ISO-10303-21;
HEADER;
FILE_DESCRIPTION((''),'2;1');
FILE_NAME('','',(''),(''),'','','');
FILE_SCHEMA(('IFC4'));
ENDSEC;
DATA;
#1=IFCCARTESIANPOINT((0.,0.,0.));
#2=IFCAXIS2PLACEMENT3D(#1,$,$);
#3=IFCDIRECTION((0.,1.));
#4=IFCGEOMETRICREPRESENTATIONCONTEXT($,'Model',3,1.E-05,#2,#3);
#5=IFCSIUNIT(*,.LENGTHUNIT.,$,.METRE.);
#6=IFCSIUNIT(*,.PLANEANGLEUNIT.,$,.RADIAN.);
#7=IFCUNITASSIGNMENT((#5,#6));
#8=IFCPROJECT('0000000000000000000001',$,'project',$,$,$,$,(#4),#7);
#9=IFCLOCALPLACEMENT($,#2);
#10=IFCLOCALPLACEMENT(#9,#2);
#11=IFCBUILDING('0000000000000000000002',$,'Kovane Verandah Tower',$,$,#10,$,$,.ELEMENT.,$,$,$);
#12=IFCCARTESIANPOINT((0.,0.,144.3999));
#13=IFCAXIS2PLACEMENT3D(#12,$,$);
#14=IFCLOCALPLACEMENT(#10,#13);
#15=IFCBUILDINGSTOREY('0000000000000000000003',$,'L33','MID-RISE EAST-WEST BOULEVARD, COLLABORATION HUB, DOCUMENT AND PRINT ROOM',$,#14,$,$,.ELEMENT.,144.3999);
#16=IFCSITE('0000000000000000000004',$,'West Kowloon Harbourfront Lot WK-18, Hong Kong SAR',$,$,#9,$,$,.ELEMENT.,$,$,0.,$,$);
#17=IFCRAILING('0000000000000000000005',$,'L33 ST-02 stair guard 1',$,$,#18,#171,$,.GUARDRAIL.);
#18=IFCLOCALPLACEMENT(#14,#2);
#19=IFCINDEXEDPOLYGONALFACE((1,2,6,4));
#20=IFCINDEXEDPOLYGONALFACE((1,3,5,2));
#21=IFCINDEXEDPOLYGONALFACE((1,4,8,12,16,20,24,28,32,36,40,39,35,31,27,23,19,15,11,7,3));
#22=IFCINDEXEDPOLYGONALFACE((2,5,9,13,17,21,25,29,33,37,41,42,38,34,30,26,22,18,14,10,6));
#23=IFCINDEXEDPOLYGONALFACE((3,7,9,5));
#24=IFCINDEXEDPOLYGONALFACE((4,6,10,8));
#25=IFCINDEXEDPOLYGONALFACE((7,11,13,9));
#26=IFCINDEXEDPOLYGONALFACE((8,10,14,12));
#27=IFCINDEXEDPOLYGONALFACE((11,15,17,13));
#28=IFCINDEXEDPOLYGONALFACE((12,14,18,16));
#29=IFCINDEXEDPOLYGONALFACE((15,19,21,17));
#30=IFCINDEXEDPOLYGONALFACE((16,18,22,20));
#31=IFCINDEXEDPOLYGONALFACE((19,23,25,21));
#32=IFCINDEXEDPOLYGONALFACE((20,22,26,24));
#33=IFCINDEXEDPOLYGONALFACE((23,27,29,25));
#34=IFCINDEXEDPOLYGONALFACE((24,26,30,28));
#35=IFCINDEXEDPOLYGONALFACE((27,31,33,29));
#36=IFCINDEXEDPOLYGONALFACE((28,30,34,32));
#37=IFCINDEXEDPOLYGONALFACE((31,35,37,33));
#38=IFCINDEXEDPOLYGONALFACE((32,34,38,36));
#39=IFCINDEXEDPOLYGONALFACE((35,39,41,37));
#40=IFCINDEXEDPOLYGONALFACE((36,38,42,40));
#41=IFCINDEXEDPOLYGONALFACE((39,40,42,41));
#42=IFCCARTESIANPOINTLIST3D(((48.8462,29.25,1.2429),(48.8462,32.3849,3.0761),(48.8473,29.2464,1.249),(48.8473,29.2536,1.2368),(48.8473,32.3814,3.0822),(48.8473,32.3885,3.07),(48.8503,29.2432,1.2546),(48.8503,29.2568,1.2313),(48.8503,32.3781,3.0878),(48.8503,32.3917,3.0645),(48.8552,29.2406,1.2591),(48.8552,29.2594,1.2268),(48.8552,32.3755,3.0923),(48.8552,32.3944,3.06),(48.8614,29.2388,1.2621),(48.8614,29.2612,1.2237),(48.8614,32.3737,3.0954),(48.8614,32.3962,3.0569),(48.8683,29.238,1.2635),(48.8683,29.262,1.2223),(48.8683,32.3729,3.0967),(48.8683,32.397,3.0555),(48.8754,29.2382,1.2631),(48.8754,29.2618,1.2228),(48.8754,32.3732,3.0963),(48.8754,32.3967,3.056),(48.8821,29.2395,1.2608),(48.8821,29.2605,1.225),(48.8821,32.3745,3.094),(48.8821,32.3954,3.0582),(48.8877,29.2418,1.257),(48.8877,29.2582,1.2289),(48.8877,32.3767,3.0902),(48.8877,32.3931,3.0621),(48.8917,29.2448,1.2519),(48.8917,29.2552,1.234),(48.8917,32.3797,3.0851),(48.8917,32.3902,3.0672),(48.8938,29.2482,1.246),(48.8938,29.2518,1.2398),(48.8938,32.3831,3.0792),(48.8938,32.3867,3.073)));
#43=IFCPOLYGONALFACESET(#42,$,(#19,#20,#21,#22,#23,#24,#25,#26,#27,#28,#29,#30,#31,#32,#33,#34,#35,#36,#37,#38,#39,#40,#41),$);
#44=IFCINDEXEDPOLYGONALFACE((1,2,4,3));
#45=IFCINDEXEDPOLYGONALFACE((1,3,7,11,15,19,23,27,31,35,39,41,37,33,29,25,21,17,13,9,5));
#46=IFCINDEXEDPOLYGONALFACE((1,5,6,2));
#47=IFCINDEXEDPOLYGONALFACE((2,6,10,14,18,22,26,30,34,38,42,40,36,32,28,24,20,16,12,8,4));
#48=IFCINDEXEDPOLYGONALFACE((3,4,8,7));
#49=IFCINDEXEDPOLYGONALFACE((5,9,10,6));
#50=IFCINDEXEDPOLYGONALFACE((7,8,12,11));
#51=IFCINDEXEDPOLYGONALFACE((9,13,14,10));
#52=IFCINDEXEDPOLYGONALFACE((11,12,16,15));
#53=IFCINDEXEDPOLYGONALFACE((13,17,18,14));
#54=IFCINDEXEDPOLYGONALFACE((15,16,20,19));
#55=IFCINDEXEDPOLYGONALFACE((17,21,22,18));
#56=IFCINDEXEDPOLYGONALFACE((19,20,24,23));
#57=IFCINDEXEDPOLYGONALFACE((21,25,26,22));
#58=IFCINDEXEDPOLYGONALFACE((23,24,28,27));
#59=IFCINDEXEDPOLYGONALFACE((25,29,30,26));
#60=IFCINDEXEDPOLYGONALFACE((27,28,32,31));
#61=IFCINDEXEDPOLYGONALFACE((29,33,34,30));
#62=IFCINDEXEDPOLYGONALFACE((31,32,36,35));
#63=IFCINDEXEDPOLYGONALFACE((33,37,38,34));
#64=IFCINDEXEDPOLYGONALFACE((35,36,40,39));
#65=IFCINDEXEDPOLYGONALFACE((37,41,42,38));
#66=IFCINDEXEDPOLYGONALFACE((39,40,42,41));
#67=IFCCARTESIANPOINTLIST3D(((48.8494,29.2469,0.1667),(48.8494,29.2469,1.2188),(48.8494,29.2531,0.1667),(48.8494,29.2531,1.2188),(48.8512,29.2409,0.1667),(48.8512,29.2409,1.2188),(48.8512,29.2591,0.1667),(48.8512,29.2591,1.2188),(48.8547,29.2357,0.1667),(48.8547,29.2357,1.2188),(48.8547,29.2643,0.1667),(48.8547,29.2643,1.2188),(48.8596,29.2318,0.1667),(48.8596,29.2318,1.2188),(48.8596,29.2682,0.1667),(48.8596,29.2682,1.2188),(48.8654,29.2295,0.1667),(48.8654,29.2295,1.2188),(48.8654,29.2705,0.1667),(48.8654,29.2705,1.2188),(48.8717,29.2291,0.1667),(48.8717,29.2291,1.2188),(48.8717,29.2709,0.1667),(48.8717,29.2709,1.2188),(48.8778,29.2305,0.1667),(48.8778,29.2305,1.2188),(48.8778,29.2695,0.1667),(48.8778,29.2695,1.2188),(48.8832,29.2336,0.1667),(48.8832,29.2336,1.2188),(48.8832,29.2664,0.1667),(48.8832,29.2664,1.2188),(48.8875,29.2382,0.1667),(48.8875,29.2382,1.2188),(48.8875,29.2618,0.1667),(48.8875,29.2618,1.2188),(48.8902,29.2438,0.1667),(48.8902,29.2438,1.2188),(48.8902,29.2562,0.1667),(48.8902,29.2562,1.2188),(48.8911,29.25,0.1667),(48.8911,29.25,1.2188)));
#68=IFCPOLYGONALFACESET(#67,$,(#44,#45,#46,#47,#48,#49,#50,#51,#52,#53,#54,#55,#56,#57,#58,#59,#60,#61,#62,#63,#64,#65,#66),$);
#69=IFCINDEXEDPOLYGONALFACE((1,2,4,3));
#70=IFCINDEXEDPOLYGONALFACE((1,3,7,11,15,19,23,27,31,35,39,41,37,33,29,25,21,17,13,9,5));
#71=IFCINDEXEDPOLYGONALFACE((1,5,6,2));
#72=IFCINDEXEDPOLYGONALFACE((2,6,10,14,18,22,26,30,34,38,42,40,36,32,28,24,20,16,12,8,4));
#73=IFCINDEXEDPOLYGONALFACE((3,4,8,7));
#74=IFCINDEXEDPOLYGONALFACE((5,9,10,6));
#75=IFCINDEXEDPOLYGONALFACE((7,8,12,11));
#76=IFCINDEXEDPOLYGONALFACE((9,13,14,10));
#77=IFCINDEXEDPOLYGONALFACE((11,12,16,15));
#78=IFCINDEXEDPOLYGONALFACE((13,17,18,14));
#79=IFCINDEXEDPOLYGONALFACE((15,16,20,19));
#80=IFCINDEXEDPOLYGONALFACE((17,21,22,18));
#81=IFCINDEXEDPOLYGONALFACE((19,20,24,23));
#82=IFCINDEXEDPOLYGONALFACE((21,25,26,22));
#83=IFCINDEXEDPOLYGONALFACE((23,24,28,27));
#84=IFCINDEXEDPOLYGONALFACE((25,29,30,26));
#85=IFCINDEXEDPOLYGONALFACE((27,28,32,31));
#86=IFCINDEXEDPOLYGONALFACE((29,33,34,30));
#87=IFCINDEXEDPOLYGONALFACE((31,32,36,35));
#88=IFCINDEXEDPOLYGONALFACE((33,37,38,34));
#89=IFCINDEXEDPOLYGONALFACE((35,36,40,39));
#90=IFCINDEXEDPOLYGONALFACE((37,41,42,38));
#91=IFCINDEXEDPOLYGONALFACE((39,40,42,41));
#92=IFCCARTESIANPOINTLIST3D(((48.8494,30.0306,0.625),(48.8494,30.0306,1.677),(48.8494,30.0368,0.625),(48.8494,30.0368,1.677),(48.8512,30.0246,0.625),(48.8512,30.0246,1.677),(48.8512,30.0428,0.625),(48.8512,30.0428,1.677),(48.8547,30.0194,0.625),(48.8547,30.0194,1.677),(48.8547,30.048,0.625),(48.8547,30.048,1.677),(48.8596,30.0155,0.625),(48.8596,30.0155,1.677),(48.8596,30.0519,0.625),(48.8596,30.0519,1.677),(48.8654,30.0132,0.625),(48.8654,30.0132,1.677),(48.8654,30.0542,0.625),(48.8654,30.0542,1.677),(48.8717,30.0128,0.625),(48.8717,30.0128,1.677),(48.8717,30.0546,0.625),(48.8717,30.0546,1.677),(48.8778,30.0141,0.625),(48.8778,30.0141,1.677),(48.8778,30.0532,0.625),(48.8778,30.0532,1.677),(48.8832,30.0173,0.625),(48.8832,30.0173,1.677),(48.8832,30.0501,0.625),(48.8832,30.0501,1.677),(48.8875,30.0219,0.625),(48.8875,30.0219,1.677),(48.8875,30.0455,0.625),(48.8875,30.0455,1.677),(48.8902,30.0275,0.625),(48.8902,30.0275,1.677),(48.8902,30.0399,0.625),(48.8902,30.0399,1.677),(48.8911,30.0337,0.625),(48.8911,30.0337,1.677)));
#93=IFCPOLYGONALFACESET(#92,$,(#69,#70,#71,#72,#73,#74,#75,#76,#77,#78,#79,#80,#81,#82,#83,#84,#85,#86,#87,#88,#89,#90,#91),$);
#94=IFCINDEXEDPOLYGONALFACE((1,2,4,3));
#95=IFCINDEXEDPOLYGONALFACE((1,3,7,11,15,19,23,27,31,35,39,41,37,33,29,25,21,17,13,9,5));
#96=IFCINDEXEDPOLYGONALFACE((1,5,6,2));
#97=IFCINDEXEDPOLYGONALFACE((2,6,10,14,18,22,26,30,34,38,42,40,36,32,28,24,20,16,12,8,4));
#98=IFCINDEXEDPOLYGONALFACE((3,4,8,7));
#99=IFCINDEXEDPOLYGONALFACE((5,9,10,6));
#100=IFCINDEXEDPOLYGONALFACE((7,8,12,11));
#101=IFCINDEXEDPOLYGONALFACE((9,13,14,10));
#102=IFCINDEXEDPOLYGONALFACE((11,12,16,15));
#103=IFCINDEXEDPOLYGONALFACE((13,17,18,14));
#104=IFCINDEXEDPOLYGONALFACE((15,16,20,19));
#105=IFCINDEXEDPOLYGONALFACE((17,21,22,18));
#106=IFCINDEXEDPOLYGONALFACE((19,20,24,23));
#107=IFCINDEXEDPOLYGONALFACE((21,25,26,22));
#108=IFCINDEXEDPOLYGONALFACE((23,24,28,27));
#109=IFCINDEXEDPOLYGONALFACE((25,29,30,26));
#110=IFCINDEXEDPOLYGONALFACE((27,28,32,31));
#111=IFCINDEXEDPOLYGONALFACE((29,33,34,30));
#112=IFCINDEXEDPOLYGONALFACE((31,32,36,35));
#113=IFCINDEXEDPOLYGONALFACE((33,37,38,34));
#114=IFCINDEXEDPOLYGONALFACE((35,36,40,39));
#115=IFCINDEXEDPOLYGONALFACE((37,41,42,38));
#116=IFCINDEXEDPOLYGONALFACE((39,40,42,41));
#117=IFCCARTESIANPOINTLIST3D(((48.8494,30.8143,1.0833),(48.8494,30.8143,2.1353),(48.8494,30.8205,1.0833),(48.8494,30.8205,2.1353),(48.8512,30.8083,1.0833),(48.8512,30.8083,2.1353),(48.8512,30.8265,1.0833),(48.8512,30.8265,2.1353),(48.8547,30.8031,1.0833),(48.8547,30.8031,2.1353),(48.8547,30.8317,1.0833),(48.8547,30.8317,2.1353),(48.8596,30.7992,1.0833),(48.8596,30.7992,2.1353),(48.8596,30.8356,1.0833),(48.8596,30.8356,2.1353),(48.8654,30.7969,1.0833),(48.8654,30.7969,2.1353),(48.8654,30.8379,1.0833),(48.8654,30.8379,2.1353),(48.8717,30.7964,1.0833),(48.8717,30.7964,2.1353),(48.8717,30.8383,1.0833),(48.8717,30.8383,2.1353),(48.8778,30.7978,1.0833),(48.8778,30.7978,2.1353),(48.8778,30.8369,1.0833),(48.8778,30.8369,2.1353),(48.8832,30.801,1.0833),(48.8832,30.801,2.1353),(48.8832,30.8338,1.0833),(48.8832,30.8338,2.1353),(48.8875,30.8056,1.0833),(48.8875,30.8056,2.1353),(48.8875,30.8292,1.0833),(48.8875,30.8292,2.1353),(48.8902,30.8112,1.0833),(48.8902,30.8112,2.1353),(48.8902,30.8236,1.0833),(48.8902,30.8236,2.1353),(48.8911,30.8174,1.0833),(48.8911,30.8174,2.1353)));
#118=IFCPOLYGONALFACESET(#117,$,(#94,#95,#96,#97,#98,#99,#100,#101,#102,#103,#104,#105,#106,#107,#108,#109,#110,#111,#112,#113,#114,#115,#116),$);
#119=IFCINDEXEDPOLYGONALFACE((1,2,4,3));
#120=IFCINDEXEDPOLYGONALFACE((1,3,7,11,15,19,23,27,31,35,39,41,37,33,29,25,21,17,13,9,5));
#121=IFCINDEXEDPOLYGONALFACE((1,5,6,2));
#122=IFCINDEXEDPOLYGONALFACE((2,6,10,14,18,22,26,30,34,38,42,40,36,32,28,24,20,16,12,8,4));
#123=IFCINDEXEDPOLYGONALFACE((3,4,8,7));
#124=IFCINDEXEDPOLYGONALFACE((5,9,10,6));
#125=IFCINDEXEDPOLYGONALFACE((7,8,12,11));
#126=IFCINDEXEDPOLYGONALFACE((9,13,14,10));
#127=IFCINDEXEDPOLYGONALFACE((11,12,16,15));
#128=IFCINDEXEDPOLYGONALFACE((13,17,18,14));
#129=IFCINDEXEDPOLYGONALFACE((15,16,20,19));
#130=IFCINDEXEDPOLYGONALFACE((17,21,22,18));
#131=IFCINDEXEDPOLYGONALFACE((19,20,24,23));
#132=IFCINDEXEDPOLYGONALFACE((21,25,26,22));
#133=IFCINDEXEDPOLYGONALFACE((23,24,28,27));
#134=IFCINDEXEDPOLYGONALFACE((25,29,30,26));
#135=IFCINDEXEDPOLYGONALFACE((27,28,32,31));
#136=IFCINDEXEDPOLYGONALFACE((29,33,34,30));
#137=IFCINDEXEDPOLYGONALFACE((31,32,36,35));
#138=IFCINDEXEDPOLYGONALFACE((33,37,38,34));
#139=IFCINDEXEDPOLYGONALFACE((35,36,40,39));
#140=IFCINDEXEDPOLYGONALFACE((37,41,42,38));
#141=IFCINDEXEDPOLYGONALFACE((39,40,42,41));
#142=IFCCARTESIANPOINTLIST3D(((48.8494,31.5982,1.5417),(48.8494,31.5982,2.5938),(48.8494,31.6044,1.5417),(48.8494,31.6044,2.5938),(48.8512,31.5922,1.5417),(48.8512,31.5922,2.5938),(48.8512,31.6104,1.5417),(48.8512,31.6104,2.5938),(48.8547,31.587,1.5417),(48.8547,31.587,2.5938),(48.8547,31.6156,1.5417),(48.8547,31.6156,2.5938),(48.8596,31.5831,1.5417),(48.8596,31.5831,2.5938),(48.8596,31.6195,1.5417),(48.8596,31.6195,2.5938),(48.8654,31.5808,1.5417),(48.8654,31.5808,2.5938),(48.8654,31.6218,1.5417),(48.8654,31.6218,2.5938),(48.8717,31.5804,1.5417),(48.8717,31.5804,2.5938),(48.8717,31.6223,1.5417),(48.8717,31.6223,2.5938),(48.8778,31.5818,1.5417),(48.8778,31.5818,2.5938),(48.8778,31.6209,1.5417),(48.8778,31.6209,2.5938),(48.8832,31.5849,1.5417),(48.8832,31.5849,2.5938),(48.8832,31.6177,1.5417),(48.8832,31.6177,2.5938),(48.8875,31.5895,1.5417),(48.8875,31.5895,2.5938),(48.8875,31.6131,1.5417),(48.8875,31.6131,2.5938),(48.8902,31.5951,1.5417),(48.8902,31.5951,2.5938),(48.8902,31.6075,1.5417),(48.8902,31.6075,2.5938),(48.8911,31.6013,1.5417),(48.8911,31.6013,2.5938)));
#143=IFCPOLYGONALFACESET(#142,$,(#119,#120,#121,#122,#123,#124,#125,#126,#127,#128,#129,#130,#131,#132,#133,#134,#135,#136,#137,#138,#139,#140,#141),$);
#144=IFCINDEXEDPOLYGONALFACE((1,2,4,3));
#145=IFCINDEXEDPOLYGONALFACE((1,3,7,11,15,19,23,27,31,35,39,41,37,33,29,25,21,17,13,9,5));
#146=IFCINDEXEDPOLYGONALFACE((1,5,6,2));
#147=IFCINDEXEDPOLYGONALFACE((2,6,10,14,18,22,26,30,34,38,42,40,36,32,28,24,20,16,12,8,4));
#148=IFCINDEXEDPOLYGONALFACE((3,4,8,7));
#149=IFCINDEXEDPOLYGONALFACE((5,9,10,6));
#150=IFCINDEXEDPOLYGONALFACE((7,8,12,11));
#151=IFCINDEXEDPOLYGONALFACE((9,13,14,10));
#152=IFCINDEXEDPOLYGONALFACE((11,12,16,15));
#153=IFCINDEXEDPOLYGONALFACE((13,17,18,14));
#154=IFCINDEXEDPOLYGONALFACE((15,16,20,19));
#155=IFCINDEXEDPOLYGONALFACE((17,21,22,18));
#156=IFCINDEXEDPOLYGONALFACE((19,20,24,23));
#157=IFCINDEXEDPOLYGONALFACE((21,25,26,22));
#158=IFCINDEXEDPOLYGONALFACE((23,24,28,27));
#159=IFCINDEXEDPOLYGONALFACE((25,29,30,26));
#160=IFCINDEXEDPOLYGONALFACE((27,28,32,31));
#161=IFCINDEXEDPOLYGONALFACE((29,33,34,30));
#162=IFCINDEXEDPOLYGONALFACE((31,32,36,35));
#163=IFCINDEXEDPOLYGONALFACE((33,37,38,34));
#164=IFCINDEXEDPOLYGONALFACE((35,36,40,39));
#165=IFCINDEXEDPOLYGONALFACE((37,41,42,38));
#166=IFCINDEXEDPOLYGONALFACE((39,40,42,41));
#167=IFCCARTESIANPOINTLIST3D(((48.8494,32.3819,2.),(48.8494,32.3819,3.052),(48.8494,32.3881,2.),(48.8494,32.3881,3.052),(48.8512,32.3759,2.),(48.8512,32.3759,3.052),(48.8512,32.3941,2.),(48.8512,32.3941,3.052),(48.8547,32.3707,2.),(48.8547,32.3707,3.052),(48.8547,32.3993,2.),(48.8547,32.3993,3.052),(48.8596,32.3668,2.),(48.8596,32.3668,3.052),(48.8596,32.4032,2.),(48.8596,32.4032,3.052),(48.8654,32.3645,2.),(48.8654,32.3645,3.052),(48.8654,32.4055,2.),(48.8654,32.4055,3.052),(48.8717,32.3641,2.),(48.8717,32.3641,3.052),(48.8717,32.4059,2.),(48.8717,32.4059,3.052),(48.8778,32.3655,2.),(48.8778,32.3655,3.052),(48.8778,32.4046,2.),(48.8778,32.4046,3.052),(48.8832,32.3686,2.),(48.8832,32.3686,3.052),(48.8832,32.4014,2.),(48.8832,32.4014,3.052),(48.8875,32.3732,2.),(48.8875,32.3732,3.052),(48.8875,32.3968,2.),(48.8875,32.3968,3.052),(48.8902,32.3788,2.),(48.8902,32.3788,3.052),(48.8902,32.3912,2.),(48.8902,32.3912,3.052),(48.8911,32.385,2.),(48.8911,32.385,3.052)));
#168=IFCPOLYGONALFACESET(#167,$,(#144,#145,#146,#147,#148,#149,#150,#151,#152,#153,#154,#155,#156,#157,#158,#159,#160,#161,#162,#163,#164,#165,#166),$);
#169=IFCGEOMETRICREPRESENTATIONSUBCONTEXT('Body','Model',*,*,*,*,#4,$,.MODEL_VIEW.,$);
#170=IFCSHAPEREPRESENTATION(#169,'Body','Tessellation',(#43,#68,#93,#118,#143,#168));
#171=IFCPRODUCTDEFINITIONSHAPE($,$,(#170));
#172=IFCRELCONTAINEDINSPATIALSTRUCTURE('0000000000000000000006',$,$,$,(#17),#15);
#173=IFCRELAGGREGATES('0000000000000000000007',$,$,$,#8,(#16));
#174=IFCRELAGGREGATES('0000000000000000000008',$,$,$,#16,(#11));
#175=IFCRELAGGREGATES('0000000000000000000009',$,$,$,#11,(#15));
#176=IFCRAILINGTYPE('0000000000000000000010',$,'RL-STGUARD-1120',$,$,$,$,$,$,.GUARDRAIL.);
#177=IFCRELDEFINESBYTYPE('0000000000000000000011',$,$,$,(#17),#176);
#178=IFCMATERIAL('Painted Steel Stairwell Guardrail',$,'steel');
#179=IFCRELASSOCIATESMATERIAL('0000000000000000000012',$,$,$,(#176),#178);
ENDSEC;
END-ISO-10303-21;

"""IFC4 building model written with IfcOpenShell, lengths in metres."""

from ifc_helpers import new_model, si_unit, direction, frame, origin, origin_2d, place, context, subcontext, project, spatial, circle, extrude, material, type_object, element, save


model = new_model("IFC4")

# Units and contexts
model_context = context("Model", 3, precision=1e-05, world=origin(), true_north=direction((0.0, 1.0)))
body_context = subcontext(model_context, "Body", "Model", "MODEL_VIEW")
ifc_project = project(units=[si_unit("LENGTHUNIT", "METRE"), si_unit("PLANEANGLEUNIT", "RADIAN")], contexts=[model_context])

# Site, building, storey
site_placement = place(None, origin())
site = spatial("IfcSite", under=ifc_project, at=site_placement, Name="West Kowloon Harbourfront Lot WK-18, Hong Kong SAR", CompositionType="ELEMENT", RefElevation=0.0)
building_placement = place(site_placement, origin())
building = spatial("IfcBuilding", under=site, at=building_placement, Name="Kovane Verandah Tower", CompositionType="ELEMENT")
storey_placement = place(building_placement, frame((0.0, 0.0, 144.3999)))
storey = spatial("IfcBuildingStorey", under=building, at=storey_placement, Name="L33", Description="MID-RISE EAST-WEST BOULEVARD, COLLABORATION HUB, DOCUMENT AND PRINT ROOM", CompositionType="ELEMENT", Elevation=144.3999)

# Railing
ifc_material_1 = material(Name="Painted Steel Stairwell Guardrail", Category="steel")
railing_type_1 = type_object("IfcRailingType", Name="RL-STGUARD-1120", PredefinedType="GUARDRAIL", material=ifc_material_1)
railing_1_placement = place(storey_placement, frame((48.8701, 29.25, 0.1667)))
element("IfcRailing", 1, at=railing_1_placement, inside=storey, type_object=railing_type_1, Name="L33 ST-02 stair guard 1", PredefinedType="GUARDRAIL", context=body_context, shape_type="SweptSolid", body=[
    extrude(circle(Radius=0.0239, at=origin_2d()), frame((0.0, 0.0, 1.0762), z_axis=(0.0, 0.86324, 0.504794), x_axis=(-1.0, 0.0, 0.0)), (0.0, 0.0, 1.0), 3.6316),
    extrude(circle(Radius=0.021, at=origin_2d()), origin(), (0.0, 0.0, 1.0), 1.052),
    extrude(circle(Radius=0.021, at=origin_2d()), frame((0.0, 0.7837, 0.4583)), (0.0, 0.0, 1.0), 1.052),
    extrude(circle(Radius=0.021, at=origin_2d()), frame((0.0, 1.5674, 0.9165)), (0.0, 0.0, 1.0), 1.052),
    extrude(circle(Radius=0.021, at=origin_2d()), frame((0.0, 2.3513, 1.375)), (0.0, 0.0, 1.0), 1.052),
    extrude(circle(Radius=0.021, at=origin_2d()), frame((0.0, 3.135, 1.8333)), (0.0, 0.0, 1.0), 1.052),
])

save(model, "model.ifc")
